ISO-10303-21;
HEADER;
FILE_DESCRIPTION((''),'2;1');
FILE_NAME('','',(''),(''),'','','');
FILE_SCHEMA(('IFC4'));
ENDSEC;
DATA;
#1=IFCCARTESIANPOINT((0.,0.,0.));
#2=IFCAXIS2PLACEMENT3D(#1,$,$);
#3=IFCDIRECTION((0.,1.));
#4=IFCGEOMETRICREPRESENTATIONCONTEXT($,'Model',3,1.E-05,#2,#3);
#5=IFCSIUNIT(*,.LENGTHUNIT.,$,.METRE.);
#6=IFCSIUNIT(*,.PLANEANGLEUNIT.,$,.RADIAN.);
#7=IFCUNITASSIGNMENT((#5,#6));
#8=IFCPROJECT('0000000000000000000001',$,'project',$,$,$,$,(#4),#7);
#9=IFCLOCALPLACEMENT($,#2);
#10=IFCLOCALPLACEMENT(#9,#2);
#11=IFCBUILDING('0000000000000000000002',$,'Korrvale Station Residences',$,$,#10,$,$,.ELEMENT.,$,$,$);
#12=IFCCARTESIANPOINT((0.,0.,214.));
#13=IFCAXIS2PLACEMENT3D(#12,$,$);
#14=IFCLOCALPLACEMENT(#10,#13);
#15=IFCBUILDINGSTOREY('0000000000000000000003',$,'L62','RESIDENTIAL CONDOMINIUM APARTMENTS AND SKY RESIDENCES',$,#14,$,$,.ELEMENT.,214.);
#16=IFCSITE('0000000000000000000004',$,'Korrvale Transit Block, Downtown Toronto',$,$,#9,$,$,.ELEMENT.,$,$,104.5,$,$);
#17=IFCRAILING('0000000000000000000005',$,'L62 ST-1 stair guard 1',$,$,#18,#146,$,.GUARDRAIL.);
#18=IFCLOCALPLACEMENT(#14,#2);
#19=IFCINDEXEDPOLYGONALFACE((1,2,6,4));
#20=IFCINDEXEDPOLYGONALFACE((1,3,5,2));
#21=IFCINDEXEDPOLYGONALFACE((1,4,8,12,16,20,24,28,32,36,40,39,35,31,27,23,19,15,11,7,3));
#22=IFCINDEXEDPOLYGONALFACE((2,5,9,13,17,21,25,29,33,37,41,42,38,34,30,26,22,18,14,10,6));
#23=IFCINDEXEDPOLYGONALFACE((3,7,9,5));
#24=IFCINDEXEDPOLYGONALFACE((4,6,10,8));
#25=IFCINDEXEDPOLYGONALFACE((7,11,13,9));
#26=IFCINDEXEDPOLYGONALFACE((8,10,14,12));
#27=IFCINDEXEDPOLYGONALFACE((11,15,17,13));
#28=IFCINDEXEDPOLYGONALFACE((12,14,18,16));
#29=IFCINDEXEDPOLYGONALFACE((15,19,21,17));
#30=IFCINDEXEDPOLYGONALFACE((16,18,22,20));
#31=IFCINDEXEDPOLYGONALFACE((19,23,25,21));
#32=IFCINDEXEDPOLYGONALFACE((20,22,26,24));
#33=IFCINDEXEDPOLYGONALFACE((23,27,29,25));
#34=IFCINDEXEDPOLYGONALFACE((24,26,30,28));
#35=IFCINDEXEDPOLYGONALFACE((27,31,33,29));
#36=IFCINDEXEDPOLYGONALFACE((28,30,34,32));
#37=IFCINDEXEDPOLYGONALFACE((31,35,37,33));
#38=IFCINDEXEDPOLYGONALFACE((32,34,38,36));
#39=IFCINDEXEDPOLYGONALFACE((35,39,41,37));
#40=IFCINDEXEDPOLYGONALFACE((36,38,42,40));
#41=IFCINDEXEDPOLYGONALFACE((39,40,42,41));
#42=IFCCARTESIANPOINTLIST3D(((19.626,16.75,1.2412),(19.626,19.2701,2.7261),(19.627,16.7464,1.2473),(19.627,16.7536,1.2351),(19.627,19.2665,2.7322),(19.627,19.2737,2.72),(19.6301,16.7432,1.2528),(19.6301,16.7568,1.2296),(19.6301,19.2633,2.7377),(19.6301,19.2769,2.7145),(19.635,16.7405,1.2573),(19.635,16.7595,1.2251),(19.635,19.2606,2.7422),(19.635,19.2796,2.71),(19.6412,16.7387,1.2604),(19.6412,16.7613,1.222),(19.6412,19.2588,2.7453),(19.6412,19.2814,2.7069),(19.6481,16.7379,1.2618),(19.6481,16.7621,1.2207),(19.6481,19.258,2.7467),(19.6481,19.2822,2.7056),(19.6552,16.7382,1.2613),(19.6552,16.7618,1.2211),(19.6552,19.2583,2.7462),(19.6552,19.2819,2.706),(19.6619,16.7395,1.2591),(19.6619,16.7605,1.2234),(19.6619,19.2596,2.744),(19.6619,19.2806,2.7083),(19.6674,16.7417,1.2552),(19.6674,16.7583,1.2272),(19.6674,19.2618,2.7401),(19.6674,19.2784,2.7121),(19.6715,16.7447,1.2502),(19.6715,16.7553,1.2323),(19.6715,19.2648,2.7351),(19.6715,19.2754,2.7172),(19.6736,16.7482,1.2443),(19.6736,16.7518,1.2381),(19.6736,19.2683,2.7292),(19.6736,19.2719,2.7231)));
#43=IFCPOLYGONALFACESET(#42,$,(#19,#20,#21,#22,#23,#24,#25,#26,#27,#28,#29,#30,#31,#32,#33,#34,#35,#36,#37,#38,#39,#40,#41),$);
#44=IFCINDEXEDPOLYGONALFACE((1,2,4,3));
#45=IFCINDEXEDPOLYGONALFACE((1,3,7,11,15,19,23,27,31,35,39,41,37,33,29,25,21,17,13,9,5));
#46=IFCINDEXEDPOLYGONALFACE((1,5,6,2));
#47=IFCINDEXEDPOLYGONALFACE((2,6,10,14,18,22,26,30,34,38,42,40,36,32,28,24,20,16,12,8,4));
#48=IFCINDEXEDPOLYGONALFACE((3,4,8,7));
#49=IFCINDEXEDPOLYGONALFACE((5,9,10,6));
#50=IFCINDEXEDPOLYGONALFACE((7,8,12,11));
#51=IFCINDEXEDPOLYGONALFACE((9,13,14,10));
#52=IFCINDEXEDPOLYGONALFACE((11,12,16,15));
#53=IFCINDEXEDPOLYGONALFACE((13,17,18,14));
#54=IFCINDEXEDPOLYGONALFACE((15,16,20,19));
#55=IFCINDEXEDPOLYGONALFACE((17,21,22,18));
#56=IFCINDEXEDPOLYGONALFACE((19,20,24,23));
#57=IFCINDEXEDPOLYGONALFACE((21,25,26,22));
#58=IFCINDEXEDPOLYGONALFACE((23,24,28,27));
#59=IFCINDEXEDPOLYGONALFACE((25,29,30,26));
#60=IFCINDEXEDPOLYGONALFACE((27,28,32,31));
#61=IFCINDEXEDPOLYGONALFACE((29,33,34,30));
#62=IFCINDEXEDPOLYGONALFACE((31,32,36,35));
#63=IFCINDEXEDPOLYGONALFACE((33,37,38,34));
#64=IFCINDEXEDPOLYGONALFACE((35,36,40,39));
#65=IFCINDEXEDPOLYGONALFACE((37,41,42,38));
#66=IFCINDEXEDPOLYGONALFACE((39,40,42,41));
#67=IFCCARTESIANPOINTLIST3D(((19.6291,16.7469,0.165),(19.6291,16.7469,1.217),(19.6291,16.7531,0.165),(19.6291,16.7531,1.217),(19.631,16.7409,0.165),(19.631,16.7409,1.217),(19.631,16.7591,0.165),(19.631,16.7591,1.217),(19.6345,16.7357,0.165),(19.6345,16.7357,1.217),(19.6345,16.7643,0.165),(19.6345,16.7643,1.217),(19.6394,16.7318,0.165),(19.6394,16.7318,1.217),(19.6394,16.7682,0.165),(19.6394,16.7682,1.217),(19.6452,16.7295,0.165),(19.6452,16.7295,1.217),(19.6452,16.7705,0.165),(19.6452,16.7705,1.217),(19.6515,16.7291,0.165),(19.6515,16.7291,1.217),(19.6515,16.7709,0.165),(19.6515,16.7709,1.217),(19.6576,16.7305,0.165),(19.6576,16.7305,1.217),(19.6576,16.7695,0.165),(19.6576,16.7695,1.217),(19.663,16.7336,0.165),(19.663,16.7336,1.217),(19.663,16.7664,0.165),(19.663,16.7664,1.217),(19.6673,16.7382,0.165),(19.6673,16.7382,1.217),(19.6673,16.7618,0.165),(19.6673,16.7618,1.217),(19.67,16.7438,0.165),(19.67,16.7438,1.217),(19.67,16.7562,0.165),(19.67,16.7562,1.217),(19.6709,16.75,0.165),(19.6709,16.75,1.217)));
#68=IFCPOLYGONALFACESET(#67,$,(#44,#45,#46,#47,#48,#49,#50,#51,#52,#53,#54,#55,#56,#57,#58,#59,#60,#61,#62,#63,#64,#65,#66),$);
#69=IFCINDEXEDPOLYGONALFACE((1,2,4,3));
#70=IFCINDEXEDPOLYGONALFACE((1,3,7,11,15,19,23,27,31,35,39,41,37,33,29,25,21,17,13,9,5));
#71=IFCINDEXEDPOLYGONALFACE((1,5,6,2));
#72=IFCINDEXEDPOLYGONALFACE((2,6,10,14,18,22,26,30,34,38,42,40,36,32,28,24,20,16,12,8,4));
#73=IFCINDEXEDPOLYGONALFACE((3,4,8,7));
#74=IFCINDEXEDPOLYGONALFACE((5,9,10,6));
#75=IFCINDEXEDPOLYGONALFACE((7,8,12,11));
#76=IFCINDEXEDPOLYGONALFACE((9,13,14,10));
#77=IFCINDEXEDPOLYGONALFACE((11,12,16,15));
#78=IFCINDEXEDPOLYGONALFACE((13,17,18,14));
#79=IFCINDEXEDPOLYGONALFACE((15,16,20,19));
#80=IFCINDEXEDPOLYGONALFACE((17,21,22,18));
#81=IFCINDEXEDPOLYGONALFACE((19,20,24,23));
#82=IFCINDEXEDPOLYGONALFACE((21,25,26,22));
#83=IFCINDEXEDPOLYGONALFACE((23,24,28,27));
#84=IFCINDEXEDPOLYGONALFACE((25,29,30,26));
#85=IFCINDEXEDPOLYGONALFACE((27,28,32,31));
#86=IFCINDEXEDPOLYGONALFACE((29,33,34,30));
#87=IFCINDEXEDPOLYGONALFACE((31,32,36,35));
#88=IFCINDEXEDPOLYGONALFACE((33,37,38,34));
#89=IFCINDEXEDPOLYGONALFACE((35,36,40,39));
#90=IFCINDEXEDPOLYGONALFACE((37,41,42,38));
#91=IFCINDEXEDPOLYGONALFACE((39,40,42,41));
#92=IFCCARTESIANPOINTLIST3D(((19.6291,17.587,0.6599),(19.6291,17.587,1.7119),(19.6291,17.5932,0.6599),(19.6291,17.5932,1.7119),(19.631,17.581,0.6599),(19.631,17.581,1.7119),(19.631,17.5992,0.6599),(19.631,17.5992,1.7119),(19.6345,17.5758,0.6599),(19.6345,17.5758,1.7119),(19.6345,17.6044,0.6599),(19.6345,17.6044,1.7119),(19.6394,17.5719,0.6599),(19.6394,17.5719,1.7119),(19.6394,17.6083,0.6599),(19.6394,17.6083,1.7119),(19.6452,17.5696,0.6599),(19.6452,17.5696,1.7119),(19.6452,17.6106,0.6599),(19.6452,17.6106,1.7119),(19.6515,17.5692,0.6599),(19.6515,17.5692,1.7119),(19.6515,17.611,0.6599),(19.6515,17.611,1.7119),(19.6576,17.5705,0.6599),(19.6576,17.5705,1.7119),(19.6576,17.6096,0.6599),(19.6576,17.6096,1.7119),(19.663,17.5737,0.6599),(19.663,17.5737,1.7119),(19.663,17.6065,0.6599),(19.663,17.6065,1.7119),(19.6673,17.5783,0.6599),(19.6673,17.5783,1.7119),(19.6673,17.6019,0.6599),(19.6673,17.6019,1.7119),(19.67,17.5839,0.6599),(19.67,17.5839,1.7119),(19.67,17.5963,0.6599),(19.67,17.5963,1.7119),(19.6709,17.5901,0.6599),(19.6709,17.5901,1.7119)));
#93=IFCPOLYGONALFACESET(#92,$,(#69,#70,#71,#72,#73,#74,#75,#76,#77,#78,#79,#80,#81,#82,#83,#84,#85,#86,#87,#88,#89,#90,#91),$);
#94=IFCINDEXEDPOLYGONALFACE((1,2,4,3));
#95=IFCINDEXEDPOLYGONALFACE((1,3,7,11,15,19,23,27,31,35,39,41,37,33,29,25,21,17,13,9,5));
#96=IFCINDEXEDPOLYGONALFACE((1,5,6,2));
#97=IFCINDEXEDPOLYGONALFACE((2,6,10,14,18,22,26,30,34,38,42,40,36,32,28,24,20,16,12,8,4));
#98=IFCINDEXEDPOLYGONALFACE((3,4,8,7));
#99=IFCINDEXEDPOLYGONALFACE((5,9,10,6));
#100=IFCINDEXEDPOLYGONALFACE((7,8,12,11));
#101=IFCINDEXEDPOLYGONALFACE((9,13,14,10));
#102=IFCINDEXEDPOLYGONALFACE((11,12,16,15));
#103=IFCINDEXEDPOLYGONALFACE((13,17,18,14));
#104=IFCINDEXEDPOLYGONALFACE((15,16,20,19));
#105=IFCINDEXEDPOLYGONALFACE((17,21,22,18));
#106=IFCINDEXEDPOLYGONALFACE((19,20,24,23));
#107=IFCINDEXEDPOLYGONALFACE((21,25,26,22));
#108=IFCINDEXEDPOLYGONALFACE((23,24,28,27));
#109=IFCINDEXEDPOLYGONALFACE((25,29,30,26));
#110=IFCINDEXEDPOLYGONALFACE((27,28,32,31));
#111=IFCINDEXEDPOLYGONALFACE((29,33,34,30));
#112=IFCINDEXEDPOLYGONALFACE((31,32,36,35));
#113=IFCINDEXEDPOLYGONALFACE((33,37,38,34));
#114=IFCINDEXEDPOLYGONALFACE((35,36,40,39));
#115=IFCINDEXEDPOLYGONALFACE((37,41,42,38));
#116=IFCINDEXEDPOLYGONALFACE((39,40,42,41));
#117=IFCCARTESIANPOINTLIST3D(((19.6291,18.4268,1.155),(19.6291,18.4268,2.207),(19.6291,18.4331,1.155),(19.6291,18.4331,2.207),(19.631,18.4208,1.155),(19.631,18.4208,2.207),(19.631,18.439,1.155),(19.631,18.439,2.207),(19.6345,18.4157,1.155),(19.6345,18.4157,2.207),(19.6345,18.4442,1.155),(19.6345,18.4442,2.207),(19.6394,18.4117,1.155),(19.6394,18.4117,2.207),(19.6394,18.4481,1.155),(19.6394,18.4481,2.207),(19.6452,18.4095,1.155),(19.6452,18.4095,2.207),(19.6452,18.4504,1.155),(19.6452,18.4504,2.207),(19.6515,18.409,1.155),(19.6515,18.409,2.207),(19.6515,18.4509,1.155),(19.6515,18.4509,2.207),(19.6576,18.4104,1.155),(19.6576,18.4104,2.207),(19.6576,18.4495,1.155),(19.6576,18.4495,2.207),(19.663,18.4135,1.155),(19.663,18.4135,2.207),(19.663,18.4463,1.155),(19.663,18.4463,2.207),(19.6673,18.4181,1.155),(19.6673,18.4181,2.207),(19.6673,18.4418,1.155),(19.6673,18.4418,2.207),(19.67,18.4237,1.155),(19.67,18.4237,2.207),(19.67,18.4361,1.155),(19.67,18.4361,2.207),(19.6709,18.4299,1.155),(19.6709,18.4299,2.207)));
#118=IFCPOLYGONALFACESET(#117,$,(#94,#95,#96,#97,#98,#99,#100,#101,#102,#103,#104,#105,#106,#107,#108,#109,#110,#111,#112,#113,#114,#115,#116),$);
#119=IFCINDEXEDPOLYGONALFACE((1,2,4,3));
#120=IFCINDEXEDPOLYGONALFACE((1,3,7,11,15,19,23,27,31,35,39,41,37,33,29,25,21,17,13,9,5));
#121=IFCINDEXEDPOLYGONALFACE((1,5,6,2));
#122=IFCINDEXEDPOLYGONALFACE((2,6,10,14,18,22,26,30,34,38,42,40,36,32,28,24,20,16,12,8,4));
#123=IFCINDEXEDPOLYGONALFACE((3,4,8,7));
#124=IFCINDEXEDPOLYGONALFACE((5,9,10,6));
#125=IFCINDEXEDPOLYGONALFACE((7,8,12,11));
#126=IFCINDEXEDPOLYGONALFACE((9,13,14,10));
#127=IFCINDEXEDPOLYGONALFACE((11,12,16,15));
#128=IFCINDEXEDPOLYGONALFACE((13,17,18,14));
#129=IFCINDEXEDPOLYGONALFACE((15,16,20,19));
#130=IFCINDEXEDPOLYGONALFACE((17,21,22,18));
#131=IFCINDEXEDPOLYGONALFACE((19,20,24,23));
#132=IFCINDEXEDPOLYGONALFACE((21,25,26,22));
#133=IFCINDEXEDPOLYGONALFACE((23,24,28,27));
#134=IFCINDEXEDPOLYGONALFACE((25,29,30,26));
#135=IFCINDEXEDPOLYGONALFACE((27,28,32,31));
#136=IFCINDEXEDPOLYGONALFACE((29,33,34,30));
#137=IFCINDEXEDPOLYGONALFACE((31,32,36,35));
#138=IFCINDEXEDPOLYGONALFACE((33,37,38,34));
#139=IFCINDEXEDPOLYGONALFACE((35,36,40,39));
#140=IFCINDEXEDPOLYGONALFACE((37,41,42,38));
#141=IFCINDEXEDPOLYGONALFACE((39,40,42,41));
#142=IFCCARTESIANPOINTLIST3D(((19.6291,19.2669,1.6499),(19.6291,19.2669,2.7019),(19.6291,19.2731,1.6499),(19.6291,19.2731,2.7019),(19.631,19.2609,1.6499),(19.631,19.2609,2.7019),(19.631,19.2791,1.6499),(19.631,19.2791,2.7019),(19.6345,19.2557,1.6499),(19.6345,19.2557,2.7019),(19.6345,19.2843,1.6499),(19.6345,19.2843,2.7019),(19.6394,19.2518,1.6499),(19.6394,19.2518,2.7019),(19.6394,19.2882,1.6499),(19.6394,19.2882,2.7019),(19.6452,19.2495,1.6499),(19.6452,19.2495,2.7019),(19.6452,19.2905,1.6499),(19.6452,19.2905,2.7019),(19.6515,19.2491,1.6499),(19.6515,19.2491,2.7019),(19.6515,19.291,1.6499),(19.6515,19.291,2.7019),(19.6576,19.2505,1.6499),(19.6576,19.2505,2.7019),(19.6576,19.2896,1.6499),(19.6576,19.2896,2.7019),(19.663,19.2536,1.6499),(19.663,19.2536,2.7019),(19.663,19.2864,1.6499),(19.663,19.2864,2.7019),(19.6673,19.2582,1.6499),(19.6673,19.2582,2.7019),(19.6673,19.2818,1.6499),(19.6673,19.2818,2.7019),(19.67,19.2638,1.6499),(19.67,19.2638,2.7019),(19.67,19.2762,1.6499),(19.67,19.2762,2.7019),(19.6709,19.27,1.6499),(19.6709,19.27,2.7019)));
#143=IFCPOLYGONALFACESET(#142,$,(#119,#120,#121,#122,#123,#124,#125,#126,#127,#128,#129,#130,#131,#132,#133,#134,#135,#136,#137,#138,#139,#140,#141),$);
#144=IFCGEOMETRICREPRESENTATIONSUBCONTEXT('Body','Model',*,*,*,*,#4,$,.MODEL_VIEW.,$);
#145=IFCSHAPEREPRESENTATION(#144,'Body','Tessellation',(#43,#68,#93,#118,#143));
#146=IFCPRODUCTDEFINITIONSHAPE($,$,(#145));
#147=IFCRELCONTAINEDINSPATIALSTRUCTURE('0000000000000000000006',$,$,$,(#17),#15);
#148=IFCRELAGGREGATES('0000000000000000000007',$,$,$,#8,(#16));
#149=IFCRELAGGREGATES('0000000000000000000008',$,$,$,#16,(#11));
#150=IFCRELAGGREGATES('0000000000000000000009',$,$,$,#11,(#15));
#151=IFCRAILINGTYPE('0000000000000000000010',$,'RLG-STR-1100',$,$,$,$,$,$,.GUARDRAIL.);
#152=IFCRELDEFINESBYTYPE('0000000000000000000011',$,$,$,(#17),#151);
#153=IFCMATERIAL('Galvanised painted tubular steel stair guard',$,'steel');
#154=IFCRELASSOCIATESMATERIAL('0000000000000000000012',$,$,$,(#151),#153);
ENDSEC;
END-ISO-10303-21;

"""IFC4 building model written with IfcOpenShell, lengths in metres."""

from ifc_helpers import new_model, si_unit, direction, frame, origin, origin_2d, place, context, subcontext, project, spatial, circle, extrude, material, type_object, element, save


model = new_model("IFC4")

# Units and contexts
model_context = context("Model", 3, precision=1e-05, world=origin(), true_north=direction((0.0, 1.0)))
body_context = subcontext(model_context, "Body", "Model", "MODEL_VIEW")
ifc_project = project(units=[si_unit("LENGTHUNIT", "METRE"), si_unit("PLANEANGLEUNIT", "RADIAN")], contexts=[model_context])

# Site, building, storey
site_placement = place(None, origin())
site = spatial("IfcSite", under=ifc_project, at=site_placement, Name="Korrvale Transit Block, Downtown Toronto", CompositionType="ELEMENT", RefElevation=104.5)
building_placement = place(site_placement, origin())
building = spatial("IfcBuilding", under=site, at=building_placement, Name="Korrvale Station Residences", CompositionType="ELEMENT")
storey_placement = place(building_placement, frame((0.0, 0.0, 214.0)))
storey = spatial("IfcBuildingStorey", under=building, at=storey_placement, Name="L62", Description="RESIDENTIAL CONDOMINIUM APARTMENTS AND SKY RESIDENCES", CompositionType="ELEMENT", Elevation=214.0)

# Railing
ifc_material_1 = material(Name="Galvanised painted tubular steel stair guard", Category="steel")
railing_type_1 = type_object("IfcRailingType", Name="RLG-STR-1100", PredefinedType="GUARDRAIL", material=ifc_material_1)
railing_1_placement = place(storey_placement, frame((19.6499, 16.75, 0.165)))
element("IfcRailing", 1, at=railing_1_placement, inside=storey, type_object=railing_type_1, Name="L62 ST-1 stair guard 1", PredefinedType="GUARDRAIL", context=body_context, shape_type="SweptSolid", body=[
    extrude(circle(Radius=0.0239, at=origin_2d()), frame((0.0, 0.0, 1.0762), z_axis=(0.0, 0.861561, 0.507655), x_axis=(-1.0, 0.0, 0.0)), (0.0, 0.0, 1.0), 2.925),
    extrude(circle(Radius=0.021, at=origin_2d()), origin(), (0.0, 0.0, 1.0), 1.052),
    extrude(circle(Radius=0.021, at=origin_2d()), frame((0.0, 0.8401, 0.4949)), (0.0, 0.0, 1.0), 1.052),
    extrude(circle(Radius=0.021, at=origin_2d()), frame((0.0, 1.6799, 0.99)), (0.0, 0.0, 1.0), 1.052),
    extrude(circle(Radius=0.021, at=origin_2d()), frame((0.0, 2.52, 1.4849)), (0.0, 0.0, 1.0), 1.052),
])

save(model, "model.ifc")
